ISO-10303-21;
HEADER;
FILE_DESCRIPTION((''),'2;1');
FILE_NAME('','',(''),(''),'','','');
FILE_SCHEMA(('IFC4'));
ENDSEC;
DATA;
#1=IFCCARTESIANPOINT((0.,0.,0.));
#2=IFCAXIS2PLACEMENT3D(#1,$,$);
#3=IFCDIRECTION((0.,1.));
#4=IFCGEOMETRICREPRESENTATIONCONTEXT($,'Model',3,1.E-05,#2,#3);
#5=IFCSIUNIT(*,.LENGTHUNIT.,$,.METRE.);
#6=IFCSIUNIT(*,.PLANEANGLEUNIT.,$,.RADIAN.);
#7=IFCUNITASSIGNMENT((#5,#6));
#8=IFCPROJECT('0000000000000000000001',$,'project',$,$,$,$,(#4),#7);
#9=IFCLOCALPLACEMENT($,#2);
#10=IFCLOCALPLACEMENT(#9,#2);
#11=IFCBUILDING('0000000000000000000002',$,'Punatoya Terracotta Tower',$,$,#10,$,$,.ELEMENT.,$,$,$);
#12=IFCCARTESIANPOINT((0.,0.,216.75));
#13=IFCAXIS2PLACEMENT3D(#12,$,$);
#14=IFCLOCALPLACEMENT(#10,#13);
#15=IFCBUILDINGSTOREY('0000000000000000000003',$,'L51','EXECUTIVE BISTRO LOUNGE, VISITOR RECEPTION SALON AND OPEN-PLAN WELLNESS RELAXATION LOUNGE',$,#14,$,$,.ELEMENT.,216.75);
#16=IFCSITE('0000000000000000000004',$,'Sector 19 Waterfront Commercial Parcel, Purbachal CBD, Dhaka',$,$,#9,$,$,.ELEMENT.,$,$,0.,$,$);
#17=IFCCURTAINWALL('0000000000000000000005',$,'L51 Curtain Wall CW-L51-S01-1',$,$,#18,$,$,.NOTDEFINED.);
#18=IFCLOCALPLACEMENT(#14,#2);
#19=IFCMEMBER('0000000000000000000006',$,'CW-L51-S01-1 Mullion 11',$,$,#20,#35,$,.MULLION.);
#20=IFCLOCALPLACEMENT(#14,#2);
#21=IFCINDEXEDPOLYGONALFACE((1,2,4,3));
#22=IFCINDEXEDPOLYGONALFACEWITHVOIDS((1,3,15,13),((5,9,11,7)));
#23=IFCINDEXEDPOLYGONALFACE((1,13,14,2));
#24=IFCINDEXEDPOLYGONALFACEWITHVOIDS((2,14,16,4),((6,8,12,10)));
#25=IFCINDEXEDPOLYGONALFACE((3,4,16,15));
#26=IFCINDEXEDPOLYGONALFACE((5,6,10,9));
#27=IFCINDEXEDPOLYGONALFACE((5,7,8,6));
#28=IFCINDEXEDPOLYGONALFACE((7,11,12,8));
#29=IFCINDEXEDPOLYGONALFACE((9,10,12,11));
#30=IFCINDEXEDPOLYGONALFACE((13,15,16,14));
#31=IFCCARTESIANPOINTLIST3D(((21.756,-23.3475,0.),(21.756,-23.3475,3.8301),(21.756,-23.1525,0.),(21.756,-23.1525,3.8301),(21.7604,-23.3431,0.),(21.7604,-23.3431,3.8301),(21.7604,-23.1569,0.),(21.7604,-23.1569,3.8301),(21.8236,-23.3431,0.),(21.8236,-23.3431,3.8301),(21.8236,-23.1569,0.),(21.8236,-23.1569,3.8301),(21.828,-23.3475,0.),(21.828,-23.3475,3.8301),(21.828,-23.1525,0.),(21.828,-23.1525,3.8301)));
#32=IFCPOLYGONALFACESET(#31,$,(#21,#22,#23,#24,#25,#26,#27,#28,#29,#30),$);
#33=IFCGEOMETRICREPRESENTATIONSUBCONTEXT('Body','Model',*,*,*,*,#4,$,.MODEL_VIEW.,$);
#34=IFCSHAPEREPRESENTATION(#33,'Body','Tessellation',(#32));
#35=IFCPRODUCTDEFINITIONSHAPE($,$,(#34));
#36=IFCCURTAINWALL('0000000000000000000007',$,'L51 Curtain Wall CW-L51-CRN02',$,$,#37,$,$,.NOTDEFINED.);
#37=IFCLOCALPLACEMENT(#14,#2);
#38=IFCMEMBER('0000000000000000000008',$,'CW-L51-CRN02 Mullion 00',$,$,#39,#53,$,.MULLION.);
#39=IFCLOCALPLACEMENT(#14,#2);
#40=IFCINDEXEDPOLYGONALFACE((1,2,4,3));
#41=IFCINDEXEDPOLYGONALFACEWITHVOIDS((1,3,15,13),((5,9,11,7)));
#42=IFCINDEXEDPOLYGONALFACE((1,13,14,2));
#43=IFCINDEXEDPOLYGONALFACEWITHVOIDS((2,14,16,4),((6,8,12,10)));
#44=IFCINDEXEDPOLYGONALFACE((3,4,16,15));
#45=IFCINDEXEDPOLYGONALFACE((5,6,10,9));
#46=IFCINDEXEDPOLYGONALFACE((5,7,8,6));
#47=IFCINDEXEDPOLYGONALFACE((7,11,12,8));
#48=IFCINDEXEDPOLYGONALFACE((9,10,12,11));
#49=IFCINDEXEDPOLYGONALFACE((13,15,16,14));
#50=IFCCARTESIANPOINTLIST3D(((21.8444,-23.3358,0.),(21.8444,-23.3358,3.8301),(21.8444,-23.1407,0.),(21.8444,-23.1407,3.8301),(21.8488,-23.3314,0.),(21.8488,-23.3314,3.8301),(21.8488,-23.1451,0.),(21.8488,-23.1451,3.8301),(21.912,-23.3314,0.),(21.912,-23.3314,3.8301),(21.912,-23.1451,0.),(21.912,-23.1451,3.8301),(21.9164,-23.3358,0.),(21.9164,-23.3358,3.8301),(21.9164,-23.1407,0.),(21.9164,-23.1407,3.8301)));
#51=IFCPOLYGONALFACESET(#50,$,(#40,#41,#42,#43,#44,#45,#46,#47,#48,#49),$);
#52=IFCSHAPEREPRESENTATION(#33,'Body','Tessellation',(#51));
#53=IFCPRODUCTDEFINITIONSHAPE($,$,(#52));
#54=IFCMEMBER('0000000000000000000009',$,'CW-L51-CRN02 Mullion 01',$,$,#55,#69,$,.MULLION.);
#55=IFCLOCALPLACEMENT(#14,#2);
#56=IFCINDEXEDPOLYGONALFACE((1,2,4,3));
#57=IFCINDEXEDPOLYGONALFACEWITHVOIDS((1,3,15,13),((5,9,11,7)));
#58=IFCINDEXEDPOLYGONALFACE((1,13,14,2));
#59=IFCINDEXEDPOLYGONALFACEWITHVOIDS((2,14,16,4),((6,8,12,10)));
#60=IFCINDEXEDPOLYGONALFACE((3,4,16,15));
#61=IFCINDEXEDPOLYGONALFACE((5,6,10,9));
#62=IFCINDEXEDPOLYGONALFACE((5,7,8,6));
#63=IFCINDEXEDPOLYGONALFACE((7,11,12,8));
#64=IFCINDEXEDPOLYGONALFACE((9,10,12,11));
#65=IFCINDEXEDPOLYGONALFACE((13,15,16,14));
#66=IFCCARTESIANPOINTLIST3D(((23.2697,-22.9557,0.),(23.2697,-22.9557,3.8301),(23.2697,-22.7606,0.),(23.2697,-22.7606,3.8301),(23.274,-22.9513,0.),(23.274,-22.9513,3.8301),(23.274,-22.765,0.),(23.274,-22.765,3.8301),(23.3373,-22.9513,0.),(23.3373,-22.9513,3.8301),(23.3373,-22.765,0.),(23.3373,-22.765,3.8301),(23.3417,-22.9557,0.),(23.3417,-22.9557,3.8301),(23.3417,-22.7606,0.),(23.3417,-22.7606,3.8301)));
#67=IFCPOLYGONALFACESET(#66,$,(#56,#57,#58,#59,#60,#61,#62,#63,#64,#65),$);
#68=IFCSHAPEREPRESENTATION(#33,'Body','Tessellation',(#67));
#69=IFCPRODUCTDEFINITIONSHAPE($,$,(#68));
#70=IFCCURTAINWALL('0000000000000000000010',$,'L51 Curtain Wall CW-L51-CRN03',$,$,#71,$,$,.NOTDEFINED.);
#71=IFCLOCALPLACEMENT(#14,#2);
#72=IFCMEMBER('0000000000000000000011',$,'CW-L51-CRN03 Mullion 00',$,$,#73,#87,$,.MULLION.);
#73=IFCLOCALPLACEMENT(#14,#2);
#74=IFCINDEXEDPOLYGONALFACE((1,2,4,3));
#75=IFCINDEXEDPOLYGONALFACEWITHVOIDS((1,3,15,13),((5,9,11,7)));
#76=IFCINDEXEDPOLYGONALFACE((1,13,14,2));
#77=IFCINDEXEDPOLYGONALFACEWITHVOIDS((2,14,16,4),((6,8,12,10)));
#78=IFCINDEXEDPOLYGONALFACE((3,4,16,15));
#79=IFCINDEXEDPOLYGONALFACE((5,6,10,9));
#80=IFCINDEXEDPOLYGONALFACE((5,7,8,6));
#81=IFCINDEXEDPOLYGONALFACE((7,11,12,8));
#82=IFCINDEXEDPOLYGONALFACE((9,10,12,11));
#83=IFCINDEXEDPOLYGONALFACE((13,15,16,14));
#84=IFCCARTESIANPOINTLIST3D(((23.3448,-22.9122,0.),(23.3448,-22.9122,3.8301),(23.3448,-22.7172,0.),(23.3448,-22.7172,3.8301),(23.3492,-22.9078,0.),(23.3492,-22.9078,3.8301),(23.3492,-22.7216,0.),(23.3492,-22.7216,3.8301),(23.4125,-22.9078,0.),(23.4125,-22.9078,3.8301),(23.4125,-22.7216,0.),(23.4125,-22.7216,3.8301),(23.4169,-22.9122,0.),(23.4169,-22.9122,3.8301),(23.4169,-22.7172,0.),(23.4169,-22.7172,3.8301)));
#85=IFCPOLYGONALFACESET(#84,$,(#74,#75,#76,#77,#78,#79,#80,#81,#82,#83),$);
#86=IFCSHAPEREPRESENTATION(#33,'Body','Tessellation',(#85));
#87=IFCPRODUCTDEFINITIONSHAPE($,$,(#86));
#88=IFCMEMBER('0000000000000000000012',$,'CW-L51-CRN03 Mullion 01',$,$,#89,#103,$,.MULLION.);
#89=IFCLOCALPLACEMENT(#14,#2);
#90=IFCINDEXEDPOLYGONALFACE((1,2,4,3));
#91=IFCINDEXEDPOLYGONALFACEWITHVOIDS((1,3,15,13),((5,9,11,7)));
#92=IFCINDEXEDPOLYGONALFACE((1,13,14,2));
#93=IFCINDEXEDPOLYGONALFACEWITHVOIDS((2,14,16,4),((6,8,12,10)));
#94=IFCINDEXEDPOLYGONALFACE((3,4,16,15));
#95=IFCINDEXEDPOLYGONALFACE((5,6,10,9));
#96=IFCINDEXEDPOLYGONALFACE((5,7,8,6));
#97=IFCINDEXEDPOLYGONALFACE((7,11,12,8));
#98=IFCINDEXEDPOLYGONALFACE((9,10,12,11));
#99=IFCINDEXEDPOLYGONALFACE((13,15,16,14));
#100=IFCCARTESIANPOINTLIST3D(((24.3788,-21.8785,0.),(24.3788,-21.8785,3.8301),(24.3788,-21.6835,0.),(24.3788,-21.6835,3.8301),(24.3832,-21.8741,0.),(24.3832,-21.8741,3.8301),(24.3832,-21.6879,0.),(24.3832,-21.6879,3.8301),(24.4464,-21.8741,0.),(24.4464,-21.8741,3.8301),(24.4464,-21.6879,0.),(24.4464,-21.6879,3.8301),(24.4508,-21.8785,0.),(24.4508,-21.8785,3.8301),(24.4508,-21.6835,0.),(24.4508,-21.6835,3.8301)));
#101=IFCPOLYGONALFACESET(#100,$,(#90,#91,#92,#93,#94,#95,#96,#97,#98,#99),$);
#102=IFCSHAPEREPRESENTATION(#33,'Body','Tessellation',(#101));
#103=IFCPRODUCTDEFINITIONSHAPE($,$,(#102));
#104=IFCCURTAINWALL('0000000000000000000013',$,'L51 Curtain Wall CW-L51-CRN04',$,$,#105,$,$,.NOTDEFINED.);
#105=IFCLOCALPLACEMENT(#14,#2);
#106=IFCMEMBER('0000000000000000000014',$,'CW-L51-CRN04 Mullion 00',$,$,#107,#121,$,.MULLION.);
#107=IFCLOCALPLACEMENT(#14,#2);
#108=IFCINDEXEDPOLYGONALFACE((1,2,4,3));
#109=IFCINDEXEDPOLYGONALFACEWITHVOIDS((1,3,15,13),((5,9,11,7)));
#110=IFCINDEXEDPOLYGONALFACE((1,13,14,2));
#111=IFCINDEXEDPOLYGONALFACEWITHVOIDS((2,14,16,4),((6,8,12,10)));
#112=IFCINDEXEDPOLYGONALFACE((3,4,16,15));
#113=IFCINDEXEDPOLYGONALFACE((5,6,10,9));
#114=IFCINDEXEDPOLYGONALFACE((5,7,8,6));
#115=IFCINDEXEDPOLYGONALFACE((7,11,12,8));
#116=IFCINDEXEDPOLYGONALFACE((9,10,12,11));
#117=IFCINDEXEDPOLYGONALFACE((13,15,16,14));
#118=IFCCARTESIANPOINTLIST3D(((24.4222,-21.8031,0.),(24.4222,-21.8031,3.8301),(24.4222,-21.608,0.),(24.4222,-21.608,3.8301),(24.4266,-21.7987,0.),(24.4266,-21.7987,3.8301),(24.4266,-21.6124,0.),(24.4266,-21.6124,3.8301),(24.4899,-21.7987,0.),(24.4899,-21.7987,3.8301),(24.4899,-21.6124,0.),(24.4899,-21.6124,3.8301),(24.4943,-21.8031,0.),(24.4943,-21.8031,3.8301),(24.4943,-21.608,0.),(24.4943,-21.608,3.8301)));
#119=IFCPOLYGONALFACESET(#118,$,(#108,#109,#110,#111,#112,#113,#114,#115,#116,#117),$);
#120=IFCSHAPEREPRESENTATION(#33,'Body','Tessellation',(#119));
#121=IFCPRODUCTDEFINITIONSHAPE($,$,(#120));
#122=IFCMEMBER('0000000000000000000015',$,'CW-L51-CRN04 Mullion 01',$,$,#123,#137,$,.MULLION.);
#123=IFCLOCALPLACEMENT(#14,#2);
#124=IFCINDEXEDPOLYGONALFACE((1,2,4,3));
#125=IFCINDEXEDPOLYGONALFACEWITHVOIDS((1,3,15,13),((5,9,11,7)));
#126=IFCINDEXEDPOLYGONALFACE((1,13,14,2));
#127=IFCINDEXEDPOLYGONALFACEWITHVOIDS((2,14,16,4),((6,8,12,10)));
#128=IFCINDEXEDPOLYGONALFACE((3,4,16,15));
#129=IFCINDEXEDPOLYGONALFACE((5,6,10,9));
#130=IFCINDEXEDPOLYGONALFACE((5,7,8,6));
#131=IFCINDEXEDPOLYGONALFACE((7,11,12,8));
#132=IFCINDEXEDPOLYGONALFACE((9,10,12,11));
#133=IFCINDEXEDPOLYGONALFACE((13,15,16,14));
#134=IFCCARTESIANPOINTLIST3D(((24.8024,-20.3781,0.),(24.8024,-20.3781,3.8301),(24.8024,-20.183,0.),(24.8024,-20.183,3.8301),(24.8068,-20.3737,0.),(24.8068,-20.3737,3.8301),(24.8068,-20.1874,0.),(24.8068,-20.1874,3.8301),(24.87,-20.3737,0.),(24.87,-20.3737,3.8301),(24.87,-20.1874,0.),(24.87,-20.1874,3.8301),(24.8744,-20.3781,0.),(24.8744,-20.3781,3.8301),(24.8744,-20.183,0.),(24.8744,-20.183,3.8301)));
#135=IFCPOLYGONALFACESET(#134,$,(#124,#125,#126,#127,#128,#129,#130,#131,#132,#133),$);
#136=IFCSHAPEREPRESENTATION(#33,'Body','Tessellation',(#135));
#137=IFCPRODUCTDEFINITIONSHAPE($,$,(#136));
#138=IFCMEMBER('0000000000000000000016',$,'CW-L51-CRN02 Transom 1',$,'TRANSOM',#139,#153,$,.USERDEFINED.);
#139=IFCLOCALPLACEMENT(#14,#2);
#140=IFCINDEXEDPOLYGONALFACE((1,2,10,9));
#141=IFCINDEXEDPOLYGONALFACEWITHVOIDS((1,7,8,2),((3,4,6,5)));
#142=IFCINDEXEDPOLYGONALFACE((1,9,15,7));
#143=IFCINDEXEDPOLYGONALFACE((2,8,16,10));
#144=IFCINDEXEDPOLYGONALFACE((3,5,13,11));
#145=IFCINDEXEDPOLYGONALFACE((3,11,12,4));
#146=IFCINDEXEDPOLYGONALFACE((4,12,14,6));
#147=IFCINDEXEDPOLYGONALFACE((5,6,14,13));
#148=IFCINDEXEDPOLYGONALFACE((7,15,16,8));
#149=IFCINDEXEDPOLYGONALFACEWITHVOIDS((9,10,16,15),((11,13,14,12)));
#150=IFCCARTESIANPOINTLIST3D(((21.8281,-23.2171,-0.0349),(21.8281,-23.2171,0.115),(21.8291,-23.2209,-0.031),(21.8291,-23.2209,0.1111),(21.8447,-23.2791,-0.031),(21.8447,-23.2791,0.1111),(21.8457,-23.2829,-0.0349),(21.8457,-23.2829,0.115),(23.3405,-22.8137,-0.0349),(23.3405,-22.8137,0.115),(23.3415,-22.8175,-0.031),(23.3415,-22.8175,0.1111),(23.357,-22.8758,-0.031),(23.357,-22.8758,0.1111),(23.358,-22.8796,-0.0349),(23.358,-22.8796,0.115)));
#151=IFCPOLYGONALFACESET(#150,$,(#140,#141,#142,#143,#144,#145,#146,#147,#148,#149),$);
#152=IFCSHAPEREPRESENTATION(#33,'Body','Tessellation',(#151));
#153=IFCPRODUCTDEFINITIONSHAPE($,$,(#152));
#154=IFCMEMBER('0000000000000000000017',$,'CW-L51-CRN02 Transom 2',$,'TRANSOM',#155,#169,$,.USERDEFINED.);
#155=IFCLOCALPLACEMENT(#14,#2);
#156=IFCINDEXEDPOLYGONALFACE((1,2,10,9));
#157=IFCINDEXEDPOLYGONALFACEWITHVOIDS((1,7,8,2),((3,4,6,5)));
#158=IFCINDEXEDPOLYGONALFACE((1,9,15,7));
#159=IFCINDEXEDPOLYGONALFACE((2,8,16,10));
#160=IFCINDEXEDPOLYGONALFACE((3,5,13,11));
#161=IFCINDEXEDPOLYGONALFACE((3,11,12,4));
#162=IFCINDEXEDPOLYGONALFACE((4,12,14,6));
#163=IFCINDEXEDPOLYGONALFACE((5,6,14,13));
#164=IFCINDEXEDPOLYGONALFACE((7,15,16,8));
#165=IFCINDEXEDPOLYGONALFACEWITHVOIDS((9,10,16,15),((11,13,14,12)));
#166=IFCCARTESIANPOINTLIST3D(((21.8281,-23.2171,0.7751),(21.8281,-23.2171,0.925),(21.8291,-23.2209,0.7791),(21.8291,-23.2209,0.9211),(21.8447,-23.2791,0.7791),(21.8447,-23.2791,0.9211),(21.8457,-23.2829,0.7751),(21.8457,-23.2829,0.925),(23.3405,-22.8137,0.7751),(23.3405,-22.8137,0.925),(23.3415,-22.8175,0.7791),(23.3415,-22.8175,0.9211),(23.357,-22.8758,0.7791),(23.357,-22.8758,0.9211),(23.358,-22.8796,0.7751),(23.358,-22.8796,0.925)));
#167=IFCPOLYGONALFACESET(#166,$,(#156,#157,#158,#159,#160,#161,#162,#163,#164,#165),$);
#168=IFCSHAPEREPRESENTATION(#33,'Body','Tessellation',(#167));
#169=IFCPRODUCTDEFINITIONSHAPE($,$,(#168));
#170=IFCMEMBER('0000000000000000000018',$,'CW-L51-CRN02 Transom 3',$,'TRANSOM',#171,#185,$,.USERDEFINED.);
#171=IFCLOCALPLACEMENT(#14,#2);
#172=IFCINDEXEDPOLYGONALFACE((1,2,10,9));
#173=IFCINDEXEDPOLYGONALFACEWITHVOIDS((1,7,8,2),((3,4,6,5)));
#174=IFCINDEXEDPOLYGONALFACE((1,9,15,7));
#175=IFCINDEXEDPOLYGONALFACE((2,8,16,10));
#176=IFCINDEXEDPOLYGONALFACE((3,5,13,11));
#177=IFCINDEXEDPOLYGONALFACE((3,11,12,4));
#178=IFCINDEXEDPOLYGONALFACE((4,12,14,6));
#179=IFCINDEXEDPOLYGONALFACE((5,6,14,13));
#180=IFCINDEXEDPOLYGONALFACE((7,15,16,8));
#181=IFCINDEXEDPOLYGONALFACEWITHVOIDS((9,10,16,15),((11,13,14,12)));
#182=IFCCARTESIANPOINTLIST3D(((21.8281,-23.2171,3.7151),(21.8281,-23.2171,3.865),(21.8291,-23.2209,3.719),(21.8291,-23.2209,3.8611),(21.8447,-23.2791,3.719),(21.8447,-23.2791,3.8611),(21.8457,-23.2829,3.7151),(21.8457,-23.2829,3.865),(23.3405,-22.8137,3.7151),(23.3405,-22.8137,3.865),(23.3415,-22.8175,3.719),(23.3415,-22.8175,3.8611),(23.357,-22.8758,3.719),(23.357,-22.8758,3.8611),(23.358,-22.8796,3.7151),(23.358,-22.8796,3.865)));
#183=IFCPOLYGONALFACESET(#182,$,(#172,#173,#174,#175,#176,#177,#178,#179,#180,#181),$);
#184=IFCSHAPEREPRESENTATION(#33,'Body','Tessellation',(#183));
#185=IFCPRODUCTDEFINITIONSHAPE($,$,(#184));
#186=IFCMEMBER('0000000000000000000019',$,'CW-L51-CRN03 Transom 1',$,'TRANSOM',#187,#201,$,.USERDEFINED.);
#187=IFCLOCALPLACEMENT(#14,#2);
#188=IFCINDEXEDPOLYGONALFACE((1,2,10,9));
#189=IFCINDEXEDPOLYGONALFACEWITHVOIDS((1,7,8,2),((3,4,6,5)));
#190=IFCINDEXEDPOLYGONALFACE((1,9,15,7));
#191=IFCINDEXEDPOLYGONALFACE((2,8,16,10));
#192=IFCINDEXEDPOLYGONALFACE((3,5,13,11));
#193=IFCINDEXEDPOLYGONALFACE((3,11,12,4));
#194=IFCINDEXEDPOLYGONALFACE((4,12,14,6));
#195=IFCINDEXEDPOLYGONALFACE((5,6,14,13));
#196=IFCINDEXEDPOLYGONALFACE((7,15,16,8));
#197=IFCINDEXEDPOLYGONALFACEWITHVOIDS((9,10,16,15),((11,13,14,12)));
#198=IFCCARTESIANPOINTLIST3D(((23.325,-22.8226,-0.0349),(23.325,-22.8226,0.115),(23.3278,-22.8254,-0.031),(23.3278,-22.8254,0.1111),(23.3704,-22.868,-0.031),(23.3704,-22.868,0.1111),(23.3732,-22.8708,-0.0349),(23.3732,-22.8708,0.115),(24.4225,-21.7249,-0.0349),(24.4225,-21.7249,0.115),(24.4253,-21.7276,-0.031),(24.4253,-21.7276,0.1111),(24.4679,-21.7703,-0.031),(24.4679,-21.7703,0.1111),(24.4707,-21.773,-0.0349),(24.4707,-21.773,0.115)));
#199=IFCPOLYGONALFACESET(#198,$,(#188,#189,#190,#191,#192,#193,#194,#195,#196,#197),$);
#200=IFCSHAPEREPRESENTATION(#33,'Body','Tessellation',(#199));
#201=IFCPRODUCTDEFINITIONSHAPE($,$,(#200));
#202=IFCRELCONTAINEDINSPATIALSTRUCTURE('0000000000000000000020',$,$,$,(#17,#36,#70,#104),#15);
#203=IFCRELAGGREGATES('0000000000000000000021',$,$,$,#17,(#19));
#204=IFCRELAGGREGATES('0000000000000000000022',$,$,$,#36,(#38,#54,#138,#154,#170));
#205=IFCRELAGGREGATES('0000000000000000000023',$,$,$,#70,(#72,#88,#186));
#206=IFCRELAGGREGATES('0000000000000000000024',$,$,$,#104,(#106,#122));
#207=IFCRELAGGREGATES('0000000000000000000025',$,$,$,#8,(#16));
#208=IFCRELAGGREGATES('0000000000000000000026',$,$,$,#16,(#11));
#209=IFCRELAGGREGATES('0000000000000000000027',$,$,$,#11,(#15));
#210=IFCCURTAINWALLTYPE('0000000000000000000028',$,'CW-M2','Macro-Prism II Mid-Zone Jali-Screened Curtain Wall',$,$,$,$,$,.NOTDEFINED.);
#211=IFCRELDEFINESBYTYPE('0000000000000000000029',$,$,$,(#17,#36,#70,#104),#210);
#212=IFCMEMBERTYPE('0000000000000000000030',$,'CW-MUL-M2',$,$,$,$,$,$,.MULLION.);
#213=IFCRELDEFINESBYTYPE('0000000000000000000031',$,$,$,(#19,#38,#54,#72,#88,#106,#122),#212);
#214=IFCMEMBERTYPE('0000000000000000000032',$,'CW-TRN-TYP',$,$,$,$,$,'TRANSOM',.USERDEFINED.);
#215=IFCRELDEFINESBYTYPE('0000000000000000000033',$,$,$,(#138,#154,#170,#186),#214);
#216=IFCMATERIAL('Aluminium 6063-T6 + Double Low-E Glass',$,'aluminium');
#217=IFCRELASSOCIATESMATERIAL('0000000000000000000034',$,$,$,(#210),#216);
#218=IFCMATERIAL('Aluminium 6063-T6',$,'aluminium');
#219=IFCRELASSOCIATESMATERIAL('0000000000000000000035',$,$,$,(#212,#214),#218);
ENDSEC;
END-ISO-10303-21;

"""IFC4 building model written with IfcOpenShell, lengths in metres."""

from ifc_helpers import new_model, si_unit, direction, frame, origin, origin_2d, place, context, subcontext, project, spatial, hollow_rectangle, extrude, material, material_profile, profile_set, type_object, element, aggregate, save


model = new_model("IFC4")

# Units and contexts
model_context = context("Model", 3, precision=1e-05, world=origin(), true_north=direction((0.0, 1.0)))
body_context = subcontext(model_context, "Body", "Model", "MODEL_VIEW")
ifc_project = project(units=[si_unit("LENGTHUNIT", "METRE"), si_unit("PLANEANGLEUNIT", "RADIAN")], contexts=[model_context])

# Site, building, storey
site_placement = place(None, origin())
site = spatial("IfcSite", under=ifc_project, at=site_placement, Name="Sector 19 Waterfront Commercial Parcel, Purbachal CBD, Dhaka", CompositionType="ELEMENT", RefElevation=0.0)
building_placement = place(site_placement, origin())
building = spatial("IfcBuilding", under=site, at=building_placement, Name="Punatoya Terracotta Tower", CompositionType="ELEMENT")
storey_placement = place(building_placement, frame((0.0, 0.0, 216.75)))
storey = spatial("IfcBuildingStorey", under=building, at=storey_placement, Name="L51", Description="EXECUTIVE BISTRO LOUNGE, VISITOR RECEPTION SALON AND OPEN-PLAN WELLNESS RELAXATION LOUNGE", CompositionType="ELEMENT", Elevation=216.75)

# Curtain wall, member
ifc_material_1 = material(Name="Aluminium 6063-T6 + Double Low-E Glass", Category="aluminium")
curtain_wall_type = type_object("IfcCurtainWallType", Name="CW-M2", Description="Macro-Prism II Mid-Zone Jali-Screened Curtain Wall", PredefinedType="NOTDEFINED", material=ifc_material_1)
curtain_wall_1_placement = place(storey_placement, origin())
curtain_wall_1 = element("IfcCurtainWall", 1, at=curtain_wall_1_placement, inside=storey, type_object=curtain_wall_type, Name="L51 Curtain Wall CW-L51-S01-1", PredefinedType="NOTDEFINED")
ifc_material_2 = material(Name="Aluminium 6063-T6", Category="aluminium")
ifc_material_profile_1 = material_profile(ifc_material_2, hollow_rectangle(XDim=0.072, YDim=0.1951, WallThickness=0.0044, at=origin_2d()))
ifc_profile_set_1 = profile_set([ifc_material_profile_1], Name="Aluminium 6063-T6")
member_type_1 = type_object("IfcMemberType", Name="CW-MUL-M2", PredefinedType="MULLION", material=ifc_profile_set_1)
member_1_placement = place(storey_placement, frame((21.792, -23.25, 0.0), z_axis=(0.0, 0.0, 1.0), x_axis=(1.0, 0.0, 0.0)))
member_1 = element("IfcMember", 2, at=member_1_placement, type_object=member_type_1, Name="CW-L51-S01-1 Mullion 11", PredefinedType="MULLION", context=body_context, shape_type="SweptSolid", body=[
    extrude(hollow_rectangle(XDim=0.072, YDim=0.1951, WallThickness=0.0044, at=origin_2d()), origin(), (0.0, 0.0, 1.0), 3.8301),
])

# Curtain walls, members
curtain_wall_2_placement = place(storey_placement, origin())
curtain_wall_2 = element("IfcCurtainWall", 3, at=curtain_wall_2_placement, inside=storey, type_object=curtain_wall_type, Name="L51 Curtain Wall CW-L51-CRN02", PredefinedType="NOTDEFINED")
member_2_placement = place(storey_placement, frame((21.8804, -23.2383, 0.0), z_axis=(0.0, 0.0, 1.0), x_axis=(1.0, 0.0, 0.0)))
member_2 = element("IfcMember", 4, at=member_2_placement, type_object=member_type_1, Name="CW-L51-CRN02 Mullion 00", PredefinedType="MULLION", context=body_context, shape_type="SweptSolid", body=[
    extrude(hollow_rectangle(XDim=0.072, YDim=0.1951, WallThickness=0.0044, at=origin_2d()), origin(), (0.0, 0.0, 1.0), 3.8301),
])
member_3_placement = place(storey_placement, frame((23.3057, -22.8582, 0.0), z_axis=(0.0, 0.0, 1.0), x_axis=(1.0, 0.0, 0.0)))
member_3 = element("IfcMember", 5, at=member_3_placement, type_object=member_type_1, Name="CW-L51-CRN02 Mullion 01", PredefinedType="MULLION", context=body_context, shape_type="SweptSolid", body=[
    extrude(hollow_rectangle(XDim=0.072, YDim=0.1951, WallThickness=0.0044, at=origin_2d()), origin(), (0.0, 0.0, 1.0), 3.8301),
])
curtain_wall_3_placement = place(storey_placement, origin())
curtain_wall_3 = element("IfcCurtainWall", 6, at=curtain_wall_3_placement, inside=storey, type_object=curtain_wall_type, Name="L51 Curtain Wall CW-L51-CRN03", PredefinedType="NOTDEFINED")
member_4_placement = place(storey_placement, frame((23.3809, -22.8147, 0.0), z_axis=(0.0, 0.0, 1.0), x_axis=(1.0, 0.0, 0.0)))
member_4 = element("IfcMember", 7, at=member_4_placement, type_object=member_type_1, Name="CW-L51-CRN03 Mullion 00", PredefinedType="MULLION", context=body_context, shape_type="SweptSolid", body=[
    extrude(hollow_rectangle(XDim=0.072, YDim=0.1951, WallThickness=0.0044, at=origin_2d()), origin(), (0.0, 0.0, 1.0), 3.8301),
])
member_5_placement = place(storey_placement, frame((24.4148, -21.781, 0.0), z_axis=(0.0, 0.0, 1.0), x_axis=(1.0, 0.0, 0.0)))
member_5 = element("IfcMember", 8, at=member_5_placement, type_object=member_type_1, Name="CW-L51-CRN03 Mullion 01", PredefinedType="MULLION", context=body_context, shape_type="SweptSolid", body=[
    extrude(hollow_rectangle(XDim=0.072, YDim=0.1951, WallThickness=0.0044, at=origin_2d()), origin(), (0.0, 0.0, 1.0), 3.8301),
])
curtain_wall_4_placement = place(storey_placement, origin())
curtain_wall_4 = element("IfcCurtainWall", 9, at=curtain_wall_4_placement, inside=storey, type_object=curtain_wall_type, Name="L51 Curtain Wall CW-L51-CRN04", PredefinedType="NOTDEFINED")
member_6_placement = place(storey_placement, frame((24.4583, -21.7056, 0.0), z_axis=(0.0, 0.0, 1.0), x_axis=(1.0, 0.0, 0.0)))
member_6 = element("IfcMember", 10, at=member_6_placement, type_object=member_type_1, Name="CW-L51-CRN04 Mullion 00", PredefinedType="MULLION", context=body_context, shape_type="SweptSolid", body=[
    extrude(hollow_rectangle(XDim=0.072, YDim=0.1951, WallThickness=0.0044, at=origin_2d()), origin(), (0.0, 0.0, 1.0), 3.8301),
])
member_7_placement = place(storey_placement, frame((24.8384, -20.2805, 0.0), z_axis=(0.0, 0.0, 1.0), x_axis=(1.0, 0.0, 0.0)))
member_7 = element("IfcMember", 11, at=member_7_placement, type_object=member_type_1, Name="CW-L51-CRN04 Mullion 01", PredefinedType="MULLION", context=body_context, shape_type="SweptSolid", body=[
    extrude(hollow_rectangle(XDim=0.072, YDim=0.1951, WallThickness=0.0044, at=origin_2d()), origin(), (0.0, 0.0, 1.0), 3.8301),
])

# Members
ifc_material_profile_2 = material_profile(ifc_material_2, hollow_rectangle(XDim=0.0681, YDim=0.1499, WallThickness=0.0039, at=origin_2d()))
ifc_profile_set_2 = profile_set([ifc_material_profile_2], Name="Aluminium 6063-T6")
member_type_2 = type_object("IfcMemberType", Name="CW-TRN-TYP", ElementType="TRANSOM", PredefinedType="USERDEFINED", material=ifc_profile_set_2)
member_8_placement = place(storey_placement, frame((21.8369, -23.25, 0.04), z_axis=(0.966225, 0.257701, 0.0), x_axis=(-0.257701, 0.966225, 0.0)))
member_8 = element("IfcMember", 12, at=member_8_placement, type_object=member_type_2, Name="CW-L51-CRN02 Transom 1", ObjectType="TRANSOM", PredefinedType="USERDEFINED", context=body_context, shape_type="SweptSolid", body=[
    extrude(hollow_rectangle(XDim=0.0681, YDim=0.1499, WallThickness=0.0039, at=origin_2d()), origin(), (0.0, 0.0, 1.0), 1.5652),
])
member_9_placement = place(storey_placement, frame((21.8369, -23.25, 0.8501), z_axis=(0.966225, 0.257701, 0.0), x_axis=(-0.257701, 0.966225, 0.0)))
member_9 = element("IfcMember", 13, at=member_9_placement, type_object=member_type_2, Name="CW-L51-CRN02 Transom 2", ObjectType="TRANSOM", PredefinedType="USERDEFINED", context=body_context, shape_type="SweptSolid", body=[
    extrude(hollow_rectangle(XDim=0.0681, YDim=0.1499, WallThickness=0.0039, at=origin_2d()), origin(), (0.0, 0.0, 1.0), 1.5652),
])
member_10_placement = place(storey_placement, frame((21.8369, -23.25, 3.79), z_axis=(0.966225, 0.257701, 0.0), x_axis=(-0.257701, 0.966225, 0.0)))
member_10 = element("IfcMember", 14, at=member_10_placement, type_object=member_type_2, Name="CW-L51-CRN02 Transom 3", ObjectType="TRANSOM", PredefinedType="USERDEFINED", context=body_context, shape_type="SweptSolid", body=[
    extrude(hollow_rectangle(XDim=0.0681, YDim=0.1499, WallThickness=0.0039, at=origin_2d()), origin(), (0.0, 0.0, 1.0), 1.5652),
])
member_11_placement = place(storey_placement, frame((23.3491, -22.8467, 0.04), z_axis=(0.707028, 0.707185, 0.0), x_axis=(-0.707185, 0.707028, 0.0)))
member_11 = element("IfcMember", 15, at=member_11_placement, type_object=member_type_2, Name="CW-L51-CRN03 Transom 1", ObjectType="TRANSOM", PredefinedType="USERDEFINED", context=body_context, shape_type="SweptSolid", body=[
    extrude(hollow_rectangle(XDim=0.0681, YDim=0.1499, WallThickness=0.0039, at=origin_2d()), origin(), (0.0, 0.0, 1.0), 1.5522),
])

aggregate(curtain_wall_1, [member_1])
aggregate(curtain_wall_2, [member_2, member_3, member_8, member_9, member_10])
aggregate(curtain_wall_3, [member_4, member_5, member_11])
aggregate(curtain_wall_4, [member_6, member_7])

save(model, "model.ifc")
